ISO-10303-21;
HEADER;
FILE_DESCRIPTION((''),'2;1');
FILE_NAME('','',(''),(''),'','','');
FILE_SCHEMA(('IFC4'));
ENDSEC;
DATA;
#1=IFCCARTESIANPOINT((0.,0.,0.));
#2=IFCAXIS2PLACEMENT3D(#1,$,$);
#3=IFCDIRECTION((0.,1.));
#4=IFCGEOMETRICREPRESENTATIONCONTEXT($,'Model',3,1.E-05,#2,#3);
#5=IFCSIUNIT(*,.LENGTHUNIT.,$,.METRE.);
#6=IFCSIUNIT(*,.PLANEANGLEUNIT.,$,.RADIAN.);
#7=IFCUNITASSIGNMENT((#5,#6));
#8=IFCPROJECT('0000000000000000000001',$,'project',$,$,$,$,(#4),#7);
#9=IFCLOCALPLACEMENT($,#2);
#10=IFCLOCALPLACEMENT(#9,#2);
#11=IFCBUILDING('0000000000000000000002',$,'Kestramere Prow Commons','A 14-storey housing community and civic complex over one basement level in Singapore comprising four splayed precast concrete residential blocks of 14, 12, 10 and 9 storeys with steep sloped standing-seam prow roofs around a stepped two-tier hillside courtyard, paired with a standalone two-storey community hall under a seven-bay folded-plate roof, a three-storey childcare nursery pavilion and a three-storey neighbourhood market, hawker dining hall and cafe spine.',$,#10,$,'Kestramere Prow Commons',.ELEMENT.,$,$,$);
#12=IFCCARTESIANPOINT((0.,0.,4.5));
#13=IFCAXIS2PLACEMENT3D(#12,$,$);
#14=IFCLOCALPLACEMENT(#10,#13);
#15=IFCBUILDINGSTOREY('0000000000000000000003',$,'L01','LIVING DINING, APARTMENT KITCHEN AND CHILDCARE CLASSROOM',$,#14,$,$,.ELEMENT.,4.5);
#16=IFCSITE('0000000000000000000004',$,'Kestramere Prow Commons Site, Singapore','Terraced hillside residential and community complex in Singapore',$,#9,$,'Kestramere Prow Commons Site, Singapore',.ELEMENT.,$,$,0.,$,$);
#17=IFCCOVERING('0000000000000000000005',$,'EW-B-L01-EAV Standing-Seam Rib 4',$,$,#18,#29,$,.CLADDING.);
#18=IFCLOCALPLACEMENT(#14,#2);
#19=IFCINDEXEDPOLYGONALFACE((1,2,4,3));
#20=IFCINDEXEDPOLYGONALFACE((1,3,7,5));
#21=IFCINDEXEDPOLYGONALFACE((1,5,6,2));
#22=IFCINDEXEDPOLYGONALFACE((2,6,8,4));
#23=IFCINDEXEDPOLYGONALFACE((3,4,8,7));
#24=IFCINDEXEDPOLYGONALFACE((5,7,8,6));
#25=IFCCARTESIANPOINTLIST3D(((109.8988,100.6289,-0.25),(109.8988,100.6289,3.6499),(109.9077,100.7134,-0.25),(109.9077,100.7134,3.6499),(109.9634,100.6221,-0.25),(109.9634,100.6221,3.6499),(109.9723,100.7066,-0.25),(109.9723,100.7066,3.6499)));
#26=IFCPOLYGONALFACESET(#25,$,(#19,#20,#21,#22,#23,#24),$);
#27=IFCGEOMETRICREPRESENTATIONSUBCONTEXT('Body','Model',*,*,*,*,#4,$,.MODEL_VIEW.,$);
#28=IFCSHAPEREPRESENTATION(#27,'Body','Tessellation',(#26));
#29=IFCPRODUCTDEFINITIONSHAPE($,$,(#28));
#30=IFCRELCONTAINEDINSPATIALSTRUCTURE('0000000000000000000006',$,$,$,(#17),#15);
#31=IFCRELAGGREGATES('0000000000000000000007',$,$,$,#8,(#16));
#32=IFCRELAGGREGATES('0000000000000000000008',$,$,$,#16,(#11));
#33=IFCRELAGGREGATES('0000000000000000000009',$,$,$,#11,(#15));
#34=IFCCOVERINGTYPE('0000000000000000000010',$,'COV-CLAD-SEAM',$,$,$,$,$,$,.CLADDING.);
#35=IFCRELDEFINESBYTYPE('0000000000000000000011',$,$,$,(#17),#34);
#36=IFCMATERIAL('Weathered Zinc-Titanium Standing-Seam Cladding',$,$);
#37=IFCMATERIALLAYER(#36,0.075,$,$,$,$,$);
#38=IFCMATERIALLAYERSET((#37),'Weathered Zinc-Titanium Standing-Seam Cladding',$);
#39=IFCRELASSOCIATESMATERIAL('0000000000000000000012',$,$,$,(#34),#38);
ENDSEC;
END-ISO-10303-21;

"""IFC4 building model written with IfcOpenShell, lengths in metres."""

from ifc_helpers import new_model, si_unit, direction, frame, origin, origin_2d, place, context, subcontext, project, spatial, rectangle, extrude, material, layer, layer_set, type_object, element, save


model = new_model("IFC4")

# Units and contexts
model_context = context("Model", 3, precision=1e-05, world=origin(), true_north=direction((0.0, 1.0)))
body_context = subcontext(model_context, "Body", "Model", "MODEL_VIEW")
ifc_project = project(units=[si_unit("LENGTHUNIT", "METRE"), si_unit("PLANEANGLEUNIT", "RADIAN")], contexts=[model_context])

# Site, building, storey
site_placement = place(None, origin())
site = spatial("IfcSite", under=ifc_project, at=site_placement, Name="Kestramere Prow Commons Site, Singapore", Description="Terraced hillside residential and community complex in Singapore", LongName="Kestramere Prow Commons Site, Singapore", CompositionType="ELEMENT", RefElevation=0.0)
building_placement = place(site_placement, origin())
building = spatial("IfcBuilding", under=site, at=building_placement, Name="Kestramere Prow Commons", Description="A 14-storey housing community and civic complex over one basement level in Singapore comprising four splayed precast concrete residential blocks of 14, 12, 10 and 9 storeys with steep sloped standing-seam prow roofs around a stepped two-tier hillside courtyard, paired with a standalone two-storey community hall under a seven-bay folded-plate roof, a three-storey childcare nursery pavilion and a three-storey neighbourhood market, hawker dining hall and cafe spine.", LongName="Kestramere Prow Commons", CompositionType="ELEMENT")
storey_placement = place(building_placement, frame((0.0, 0.0, 4.5)))
storey = spatial("IfcBuildingStorey", under=building, at=storey_placement, Name="L01", Description="LIVING DINING, APARTMENT KITCHEN AND CHILDCARE CLASSROOM", CompositionType="ELEMENT", Elevation=4.5)

# Covering
ifc_material_1 = material(Name="Weathered Zinc-Titanium Standing-Seam Cladding")
ifc_layer_1 = layer(ifc_material_1, 0.075)
ifc_layer_set_1 = layer_set([ifc_layer_1], Name="Weathered Zinc-Titanium Standing-Seam Cladding")
covering_type = type_object("IfcCoveringType", Name="COV-CLAD-SEAM", PredefinedType="CLADDING", material=ifc_layer_set_1)
for number, where, z_axis, x_axis, name in (
    (1, (109.9355, 100.6677, -0.25), (0.0, 0.0, 1.0), (0.104528, 0.994522, 0.0), "EW-B-L01-EAV Standing-Seam Rib 4"),
):
    element("IfcCovering", number, at=place(storey_placement, frame(where, z_axis=z_axis, x_axis=x_axis)), inside=storey, type_object=covering_type, Name=name, PredefinedType="CLADDING", context=body_context, shape_type="SweptSolid", body=[
        extrude(rectangle(XDim=0.085, YDim=0.0649, at=origin_2d()), origin(), (0.0, 0.0, 1.0), 3.8999),
    ])

save(model, "model.ifc")
